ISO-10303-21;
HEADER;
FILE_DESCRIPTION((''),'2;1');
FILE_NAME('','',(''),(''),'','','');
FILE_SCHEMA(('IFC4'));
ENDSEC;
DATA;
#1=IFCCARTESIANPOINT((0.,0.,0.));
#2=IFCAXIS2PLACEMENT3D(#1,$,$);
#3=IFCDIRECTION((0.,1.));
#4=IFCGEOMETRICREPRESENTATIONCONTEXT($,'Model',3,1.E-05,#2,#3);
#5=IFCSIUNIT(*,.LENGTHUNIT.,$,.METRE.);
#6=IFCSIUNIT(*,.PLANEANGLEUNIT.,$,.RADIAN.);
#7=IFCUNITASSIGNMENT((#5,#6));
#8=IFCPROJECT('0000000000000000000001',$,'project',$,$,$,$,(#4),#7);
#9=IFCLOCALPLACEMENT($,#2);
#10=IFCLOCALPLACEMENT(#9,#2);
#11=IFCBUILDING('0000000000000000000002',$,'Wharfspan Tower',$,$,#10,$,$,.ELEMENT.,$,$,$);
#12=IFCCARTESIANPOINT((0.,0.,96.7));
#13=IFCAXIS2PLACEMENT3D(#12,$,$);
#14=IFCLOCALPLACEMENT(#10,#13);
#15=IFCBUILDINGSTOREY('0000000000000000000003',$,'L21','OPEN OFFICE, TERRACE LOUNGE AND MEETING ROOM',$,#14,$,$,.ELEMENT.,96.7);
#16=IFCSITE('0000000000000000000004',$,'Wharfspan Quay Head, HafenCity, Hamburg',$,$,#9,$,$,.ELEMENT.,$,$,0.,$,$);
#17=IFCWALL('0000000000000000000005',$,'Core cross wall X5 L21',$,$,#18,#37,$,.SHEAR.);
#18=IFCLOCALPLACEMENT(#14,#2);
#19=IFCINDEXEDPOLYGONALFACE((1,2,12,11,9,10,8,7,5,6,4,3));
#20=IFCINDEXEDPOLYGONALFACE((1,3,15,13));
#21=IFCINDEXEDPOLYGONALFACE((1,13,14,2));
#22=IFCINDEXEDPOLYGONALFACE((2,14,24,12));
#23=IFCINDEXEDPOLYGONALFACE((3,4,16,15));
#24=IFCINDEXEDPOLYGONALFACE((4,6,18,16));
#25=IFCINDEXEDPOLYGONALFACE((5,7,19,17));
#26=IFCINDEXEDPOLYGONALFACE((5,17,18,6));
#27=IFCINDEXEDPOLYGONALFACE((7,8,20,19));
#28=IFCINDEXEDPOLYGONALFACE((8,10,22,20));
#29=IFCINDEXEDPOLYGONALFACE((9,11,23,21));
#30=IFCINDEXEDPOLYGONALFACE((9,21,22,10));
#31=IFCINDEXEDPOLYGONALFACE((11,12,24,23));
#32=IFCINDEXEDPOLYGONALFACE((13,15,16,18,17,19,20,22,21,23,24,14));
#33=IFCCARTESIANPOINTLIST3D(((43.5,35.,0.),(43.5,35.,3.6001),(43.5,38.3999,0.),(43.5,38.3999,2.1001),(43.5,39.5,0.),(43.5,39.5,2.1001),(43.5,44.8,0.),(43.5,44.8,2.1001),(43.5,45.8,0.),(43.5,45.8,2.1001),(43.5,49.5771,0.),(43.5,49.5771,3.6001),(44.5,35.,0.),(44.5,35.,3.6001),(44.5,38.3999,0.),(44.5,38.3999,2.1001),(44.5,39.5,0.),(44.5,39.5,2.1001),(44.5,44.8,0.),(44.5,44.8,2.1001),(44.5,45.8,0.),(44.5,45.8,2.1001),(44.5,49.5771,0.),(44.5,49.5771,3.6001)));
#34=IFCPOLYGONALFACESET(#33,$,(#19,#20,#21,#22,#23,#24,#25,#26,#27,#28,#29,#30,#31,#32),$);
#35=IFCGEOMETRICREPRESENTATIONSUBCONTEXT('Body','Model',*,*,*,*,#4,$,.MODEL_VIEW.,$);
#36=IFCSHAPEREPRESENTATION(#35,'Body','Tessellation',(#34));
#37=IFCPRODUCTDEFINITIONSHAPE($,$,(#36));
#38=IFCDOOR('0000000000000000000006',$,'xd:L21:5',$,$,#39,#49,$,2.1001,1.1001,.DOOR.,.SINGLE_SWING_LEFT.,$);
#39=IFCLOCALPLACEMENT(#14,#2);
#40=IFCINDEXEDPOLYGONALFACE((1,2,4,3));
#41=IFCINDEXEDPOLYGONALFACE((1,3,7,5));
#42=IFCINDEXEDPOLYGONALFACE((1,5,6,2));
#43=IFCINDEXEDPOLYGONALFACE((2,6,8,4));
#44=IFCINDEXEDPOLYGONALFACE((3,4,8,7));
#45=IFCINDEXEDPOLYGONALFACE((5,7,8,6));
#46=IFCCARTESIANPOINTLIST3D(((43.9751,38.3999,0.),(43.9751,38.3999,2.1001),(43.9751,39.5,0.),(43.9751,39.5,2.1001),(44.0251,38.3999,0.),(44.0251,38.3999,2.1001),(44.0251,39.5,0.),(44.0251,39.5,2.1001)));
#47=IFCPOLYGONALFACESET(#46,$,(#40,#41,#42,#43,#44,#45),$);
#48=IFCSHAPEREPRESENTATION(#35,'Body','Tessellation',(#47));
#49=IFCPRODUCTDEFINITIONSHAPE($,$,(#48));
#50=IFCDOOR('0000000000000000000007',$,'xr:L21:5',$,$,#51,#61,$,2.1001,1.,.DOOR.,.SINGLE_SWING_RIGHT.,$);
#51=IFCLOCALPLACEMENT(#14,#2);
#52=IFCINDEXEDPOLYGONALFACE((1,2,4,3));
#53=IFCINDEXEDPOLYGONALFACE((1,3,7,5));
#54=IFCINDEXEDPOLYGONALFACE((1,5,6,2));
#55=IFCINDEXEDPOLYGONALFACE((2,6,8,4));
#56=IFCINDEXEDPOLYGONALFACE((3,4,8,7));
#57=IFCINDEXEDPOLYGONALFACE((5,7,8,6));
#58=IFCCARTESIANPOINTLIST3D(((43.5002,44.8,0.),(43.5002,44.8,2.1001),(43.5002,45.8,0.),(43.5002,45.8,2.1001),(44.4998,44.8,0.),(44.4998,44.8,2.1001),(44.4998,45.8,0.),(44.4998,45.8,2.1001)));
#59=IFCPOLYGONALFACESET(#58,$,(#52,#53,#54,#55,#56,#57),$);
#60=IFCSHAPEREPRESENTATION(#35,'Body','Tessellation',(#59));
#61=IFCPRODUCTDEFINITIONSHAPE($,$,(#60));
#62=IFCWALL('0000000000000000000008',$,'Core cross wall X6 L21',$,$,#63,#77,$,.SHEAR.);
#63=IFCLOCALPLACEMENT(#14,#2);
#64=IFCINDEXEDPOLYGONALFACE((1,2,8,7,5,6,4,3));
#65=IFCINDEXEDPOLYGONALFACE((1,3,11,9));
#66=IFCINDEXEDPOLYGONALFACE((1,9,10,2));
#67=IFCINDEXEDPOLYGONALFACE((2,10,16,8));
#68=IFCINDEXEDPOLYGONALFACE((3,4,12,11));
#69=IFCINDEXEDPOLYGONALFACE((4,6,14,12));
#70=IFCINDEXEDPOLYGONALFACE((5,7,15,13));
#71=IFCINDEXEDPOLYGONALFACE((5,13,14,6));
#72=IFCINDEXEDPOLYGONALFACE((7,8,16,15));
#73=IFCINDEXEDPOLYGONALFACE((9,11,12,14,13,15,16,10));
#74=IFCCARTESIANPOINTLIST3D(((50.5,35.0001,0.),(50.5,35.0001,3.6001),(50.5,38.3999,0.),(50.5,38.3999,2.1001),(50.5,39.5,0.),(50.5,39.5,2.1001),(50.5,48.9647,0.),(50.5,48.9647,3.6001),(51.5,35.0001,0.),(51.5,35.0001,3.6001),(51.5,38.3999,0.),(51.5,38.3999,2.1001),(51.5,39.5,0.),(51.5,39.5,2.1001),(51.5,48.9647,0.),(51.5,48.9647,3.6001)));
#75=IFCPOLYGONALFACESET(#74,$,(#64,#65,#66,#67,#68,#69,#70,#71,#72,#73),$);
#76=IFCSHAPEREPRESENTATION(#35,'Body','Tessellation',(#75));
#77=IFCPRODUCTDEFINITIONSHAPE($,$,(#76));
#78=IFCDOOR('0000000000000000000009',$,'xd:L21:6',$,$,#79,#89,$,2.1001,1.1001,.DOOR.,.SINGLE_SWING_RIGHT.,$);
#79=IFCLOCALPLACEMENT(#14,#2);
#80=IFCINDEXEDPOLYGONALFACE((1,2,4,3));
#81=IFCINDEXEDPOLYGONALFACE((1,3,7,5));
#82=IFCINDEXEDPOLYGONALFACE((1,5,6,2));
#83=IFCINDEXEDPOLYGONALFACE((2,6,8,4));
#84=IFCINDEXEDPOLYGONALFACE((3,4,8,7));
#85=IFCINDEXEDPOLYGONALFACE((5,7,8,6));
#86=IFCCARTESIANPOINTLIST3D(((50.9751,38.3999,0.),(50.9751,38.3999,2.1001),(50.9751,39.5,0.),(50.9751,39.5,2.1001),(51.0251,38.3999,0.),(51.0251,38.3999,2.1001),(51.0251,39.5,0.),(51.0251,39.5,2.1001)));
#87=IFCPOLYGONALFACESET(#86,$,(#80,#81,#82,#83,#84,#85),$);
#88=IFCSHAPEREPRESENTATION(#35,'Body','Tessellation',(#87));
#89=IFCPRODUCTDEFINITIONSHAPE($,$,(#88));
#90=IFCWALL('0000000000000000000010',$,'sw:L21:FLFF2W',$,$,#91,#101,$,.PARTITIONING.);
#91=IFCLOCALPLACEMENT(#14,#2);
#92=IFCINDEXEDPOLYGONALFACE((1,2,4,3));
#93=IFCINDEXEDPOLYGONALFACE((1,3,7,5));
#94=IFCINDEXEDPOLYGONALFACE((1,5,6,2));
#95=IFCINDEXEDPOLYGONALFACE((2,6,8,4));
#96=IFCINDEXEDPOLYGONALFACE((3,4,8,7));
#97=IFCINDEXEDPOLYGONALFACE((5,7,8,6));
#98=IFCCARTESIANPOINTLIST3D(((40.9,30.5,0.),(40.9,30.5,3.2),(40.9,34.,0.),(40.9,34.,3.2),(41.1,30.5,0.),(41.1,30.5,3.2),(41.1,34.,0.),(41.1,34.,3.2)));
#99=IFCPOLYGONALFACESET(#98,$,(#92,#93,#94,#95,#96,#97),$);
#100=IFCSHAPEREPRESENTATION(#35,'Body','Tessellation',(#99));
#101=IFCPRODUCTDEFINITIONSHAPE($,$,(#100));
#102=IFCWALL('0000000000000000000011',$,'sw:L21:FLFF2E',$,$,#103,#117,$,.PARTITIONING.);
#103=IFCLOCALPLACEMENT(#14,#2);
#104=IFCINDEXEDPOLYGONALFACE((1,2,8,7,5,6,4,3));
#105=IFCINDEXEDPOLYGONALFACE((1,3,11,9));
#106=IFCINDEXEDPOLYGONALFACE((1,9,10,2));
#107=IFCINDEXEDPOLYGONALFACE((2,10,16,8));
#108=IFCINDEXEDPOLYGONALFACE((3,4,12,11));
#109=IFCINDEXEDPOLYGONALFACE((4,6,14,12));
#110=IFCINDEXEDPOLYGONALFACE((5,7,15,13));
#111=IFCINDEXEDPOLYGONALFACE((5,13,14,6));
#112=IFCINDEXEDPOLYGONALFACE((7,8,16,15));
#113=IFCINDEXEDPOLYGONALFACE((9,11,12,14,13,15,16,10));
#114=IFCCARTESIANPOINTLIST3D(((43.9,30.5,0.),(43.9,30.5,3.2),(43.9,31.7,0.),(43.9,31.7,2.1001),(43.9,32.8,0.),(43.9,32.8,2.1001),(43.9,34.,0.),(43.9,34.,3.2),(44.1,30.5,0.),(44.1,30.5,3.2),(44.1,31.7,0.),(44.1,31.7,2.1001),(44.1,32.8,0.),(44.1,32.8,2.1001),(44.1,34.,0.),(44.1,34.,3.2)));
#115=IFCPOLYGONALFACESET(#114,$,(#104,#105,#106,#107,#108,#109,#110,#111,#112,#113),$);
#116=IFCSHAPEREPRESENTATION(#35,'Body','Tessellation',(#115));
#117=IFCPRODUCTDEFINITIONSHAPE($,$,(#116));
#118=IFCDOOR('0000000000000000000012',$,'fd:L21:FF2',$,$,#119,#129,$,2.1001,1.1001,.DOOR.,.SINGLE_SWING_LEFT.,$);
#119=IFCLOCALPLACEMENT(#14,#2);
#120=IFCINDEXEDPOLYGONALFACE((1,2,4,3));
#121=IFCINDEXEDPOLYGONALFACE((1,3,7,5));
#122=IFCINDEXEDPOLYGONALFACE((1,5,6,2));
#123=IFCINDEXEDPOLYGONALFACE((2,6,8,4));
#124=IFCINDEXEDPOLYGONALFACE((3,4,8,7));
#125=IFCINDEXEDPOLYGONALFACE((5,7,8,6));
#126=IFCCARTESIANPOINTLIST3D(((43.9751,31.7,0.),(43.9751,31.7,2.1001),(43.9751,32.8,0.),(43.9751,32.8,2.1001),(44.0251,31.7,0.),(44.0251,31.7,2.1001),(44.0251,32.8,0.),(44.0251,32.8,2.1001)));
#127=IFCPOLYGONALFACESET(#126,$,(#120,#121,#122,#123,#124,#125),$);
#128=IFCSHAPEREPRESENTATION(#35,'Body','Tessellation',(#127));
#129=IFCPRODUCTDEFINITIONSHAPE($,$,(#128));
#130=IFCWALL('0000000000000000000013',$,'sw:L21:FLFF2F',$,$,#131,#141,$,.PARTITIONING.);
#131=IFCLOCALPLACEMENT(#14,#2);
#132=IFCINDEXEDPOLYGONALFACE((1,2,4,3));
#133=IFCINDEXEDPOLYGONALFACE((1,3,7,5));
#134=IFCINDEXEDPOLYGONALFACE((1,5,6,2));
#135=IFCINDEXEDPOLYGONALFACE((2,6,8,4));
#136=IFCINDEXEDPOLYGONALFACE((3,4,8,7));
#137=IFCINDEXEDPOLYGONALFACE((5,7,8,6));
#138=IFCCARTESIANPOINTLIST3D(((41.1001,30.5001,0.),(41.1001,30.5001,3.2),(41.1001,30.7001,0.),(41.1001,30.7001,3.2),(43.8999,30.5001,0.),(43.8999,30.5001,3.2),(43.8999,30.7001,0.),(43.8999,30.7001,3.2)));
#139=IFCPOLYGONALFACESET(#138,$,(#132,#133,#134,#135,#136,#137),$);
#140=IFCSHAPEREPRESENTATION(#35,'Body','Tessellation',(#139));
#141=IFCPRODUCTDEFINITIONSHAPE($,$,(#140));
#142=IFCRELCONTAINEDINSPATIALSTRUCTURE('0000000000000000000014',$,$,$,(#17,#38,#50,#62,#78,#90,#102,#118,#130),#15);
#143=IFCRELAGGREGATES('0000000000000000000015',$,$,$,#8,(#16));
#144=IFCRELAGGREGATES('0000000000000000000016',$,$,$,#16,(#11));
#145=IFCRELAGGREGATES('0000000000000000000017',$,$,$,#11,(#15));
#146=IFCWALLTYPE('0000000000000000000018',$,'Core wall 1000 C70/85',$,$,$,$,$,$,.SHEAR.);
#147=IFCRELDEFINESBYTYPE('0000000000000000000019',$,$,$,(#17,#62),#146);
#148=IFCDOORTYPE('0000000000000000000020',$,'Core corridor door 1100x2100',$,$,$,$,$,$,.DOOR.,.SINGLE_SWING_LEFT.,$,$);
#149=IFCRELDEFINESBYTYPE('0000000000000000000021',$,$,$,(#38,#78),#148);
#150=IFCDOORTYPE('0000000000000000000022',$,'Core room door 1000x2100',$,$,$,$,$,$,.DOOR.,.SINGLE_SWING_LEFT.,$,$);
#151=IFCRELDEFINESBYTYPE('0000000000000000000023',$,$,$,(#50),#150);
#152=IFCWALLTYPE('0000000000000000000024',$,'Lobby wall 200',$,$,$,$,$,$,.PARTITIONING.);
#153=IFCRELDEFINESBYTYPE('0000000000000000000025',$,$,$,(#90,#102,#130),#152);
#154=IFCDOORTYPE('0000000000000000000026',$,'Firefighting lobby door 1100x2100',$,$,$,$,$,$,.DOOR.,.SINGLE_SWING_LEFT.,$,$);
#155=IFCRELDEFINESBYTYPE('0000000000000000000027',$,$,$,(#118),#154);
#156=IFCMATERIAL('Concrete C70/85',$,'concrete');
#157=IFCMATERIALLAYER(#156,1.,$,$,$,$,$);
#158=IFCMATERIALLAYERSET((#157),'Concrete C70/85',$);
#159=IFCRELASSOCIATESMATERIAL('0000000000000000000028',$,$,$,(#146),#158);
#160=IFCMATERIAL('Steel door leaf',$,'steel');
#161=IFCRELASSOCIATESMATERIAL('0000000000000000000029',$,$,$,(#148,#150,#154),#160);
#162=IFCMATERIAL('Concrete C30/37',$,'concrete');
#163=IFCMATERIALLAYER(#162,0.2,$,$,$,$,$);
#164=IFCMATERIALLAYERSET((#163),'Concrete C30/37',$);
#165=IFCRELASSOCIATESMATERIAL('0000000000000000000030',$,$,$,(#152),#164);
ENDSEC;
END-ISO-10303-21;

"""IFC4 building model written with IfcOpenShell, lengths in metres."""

from ifc_helpers import new_model, si_unit, direction, frame, frame_2d, origin, place, context, subcontext, project, spatial, rectangle, extrude, material, layer, layer_set, type_object, element, fill, save


model = new_model("IFC4")

# Units and contexts
model_context = context("Model", 3, precision=1e-05, world=origin(), true_north=direction((0.0, 1.0)))
body_context = subcontext(model_context, "Body", "Model", "MODEL_VIEW")
ifc_project = project(units=[si_unit("LENGTHUNIT", "METRE"), si_unit("PLANEANGLEUNIT", "RADIAN")], contexts=[model_context])

# Site, building, storey
site_placement = place(None, origin())
site = spatial("IfcSite", under=ifc_project, at=site_placement, Name="Wharfspan Quay Head, HafenCity, Hamburg", CompositionType="ELEMENT", RefElevation=0.0)
building_placement = place(site_placement, origin())
building = spatial("IfcBuilding", under=site, at=building_placement, Name="Wharfspan Tower", CompositionType="ELEMENT")
storey_placement = place(building_placement, frame((0.0, 0.0, 96.7)))
storey = spatial("IfcBuildingStorey", under=building, at=storey_placement, Name="L21", Description="OPEN OFFICE, TERRACE LOUNGE AND MEETING ROOM", CompositionType="ELEMENT", Elevation=96.7)

# Wall, openings, doors
ifc_material_1 = material(Name="Concrete C70/85", Category="concrete")
ifc_layer_1 = layer(ifc_material_1, 1.0)
ifc_layer_set_1 = layer_set([ifc_layer_1], Name="Concrete C70/85")
wall_type_1 = type_object("IfcWallType", Name="Core wall 1000 C70/85", PredefinedType="SHEAR", material=ifc_layer_set_1)
wall_1_placement = place(storey_placement, frame((44.0, 35.0, 0.0), z_axis=(0.0, 0.0, 1.0), x_axis=(0.0, 1.0, 0.0)))
wall_1 = element("IfcWall", 1, at=wall_1_placement, inside=storey, type_object=wall_type_1, Name="Core cross wall X5 L21", PredefinedType="SHEAR", context=body_context, shape_type="SweptSolid", body=[
    extrude(rectangle(XDim=14.5771, YDim=1.0, at=frame_2d((7.2886, 0.0))), origin(), (0.0, 0.0, 1.0), 3.6001),
])
opening_1_placement = place(wall_1_placement, frame((3.3999, 0.0, 0.0)))
opening_1 = element("IfcOpeningElement", 2, at=opening_1_placement, cuts=wall_1, PredefinedType="OPENING", context=body_context, shape_type="SweptSolid", body=[
    extrude(rectangle(XDim=1.1001, YDim=2.1001, at=frame_2d((0.55, 1.05))), frame((0.0, 0.51, 0.0), z_axis=(0.0, -1.0, 0.0), x_axis=(1.0, 0.0, 0.0)), (0.0, 0.0, 1.0), 1.02),
])
opening_2_placement = place(wall_1_placement, frame((9.8, 0.0, 0.0)))
opening_2 = element("IfcOpeningElement", 3, at=opening_2_placement, cuts=wall_1, PredefinedType="OPENING", context=body_context, shape_type="SweptSolid", body=[
    extrude(rectangle(XDim=1.0, YDim=2.1001, at=frame_2d((0.5, 1.05))), frame((0.0, 0.51, 0.0), z_axis=(0.0, -1.0, 0.0), x_axis=(1.0, 0.0, 0.0)), (0.0, 0.0, 1.0), 1.02),
])
ifc_material_2 = material(Name="Steel door leaf", Category="steel")
door_type_1 = type_object("IfcDoorType", Name="Core corridor door 1100x2100", OperationType="SINGLE_SWING_LEFT", PredefinedType="DOOR", material=ifc_material_2)
door_1_placement = place(opening_1_placement, origin())
door_1 = element("IfcDoor", 4, at=door_1_placement, inside=storey, type_object=door_type_1, Name="xd:L21:5", OperationType="SINGLE_SWING_LEFT", OverallHeight=2.1001, OverallWidth=1.1001, PredefinedType="DOOR", context=body_context, shape_type="SweptSolid", body=[
    extrude(rectangle(XDim=1.1001, YDim=2.1001, at=frame_2d((0.55, 1.05))), frame((0.0, 0.0249, 0.0), z_axis=(0.0, -1.0, 0.0), x_axis=(1.0, 0.0, 0.0)), (0.0, 0.0, 1.0), 0.05),
])
fill(opening_1, door_1)
door_type_2 = type_object("IfcDoorType", Name="Core room door 1000x2100", OperationType="SINGLE_SWING_LEFT", PredefinedType="DOOR", material=ifc_material_2)
door_2_placement = place(opening_2_placement, origin())
door_2 = element("IfcDoor", 5, at=door_2_placement, inside=storey, type_object=door_type_2, Name="xr:L21:5", OperationType="SINGLE_SWING_RIGHT", OverallHeight=2.1001, OverallWidth=1.0, PredefinedType="DOOR", context=body_context, shape_type="SweptSolid", body=[
    extrude(rectangle(XDim=1.0, YDim=2.1001, at=frame_2d((0.5, 1.05))), frame((0.0, 0.4998, 0.0), z_axis=(0.0, -1.0, 0.0), x_axis=(1.0, 0.0, 0.0)), (0.0, 0.0, 1.0), 0.9995),
])
fill(opening_2, door_2)

# Wall, opening, door
wall_2_placement = place(storey_placement, frame((51.0, 35.0, 0.0), z_axis=(0.0, 0.0, 1.0), x_axis=(0.0, 1.0, 0.0)))
wall_2 = element("IfcWall", 6, at=wall_2_placement, inside=storey, type_object=wall_type_1, Name="Core cross wall X6 L21", PredefinedType="SHEAR", context=body_context, shape_type="SweptSolid", body=[
    extrude(rectangle(XDim=13.9646, YDim=1.0, at=frame_2d((6.9824, 0.0))), origin(), (0.0, 0.0, 1.0), 3.6001),
])
opening_3_placement = place(wall_2_placement, frame((3.3999, 0.0, 0.0)))
opening_3 = element("IfcOpeningElement", 7, at=opening_3_placement, cuts=wall_2, PredefinedType="OPENING", context=body_context, shape_type="SweptSolid", body=[
    extrude(rectangle(XDim=1.1001, YDim=2.1001, at=frame_2d((0.55, 1.05))), frame((0.0, 0.51, 0.0), z_axis=(0.0, -1.0, 0.0), x_axis=(1.0, 0.0, 0.0)), (0.0, 0.0, 1.0), 1.02),
])
door_3_placement = place(opening_3_placement, origin())
door_3 = element("IfcDoor", 8, at=door_3_placement, inside=storey, type_object=door_type_1, Name="xd:L21:6", OperationType="SINGLE_SWING_RIGHT", OverallHeight=2.1001, OverallWidth=1.1001, PredefinedType="DOOR", context=body_context, shape_type="SweptSolid", body=[
    extrude(rectangle(XDim=1.1001, YDim=2.1001, at=frame_2d((0.55, 1.05))), frame((0.0, 0.0249, 0.0), z_axis=(0.0, -1.0, 0.0), x_axis=(1.0, 0.0, 0.0)), (0.0, 0.0, 1.0), 0.05),
])
fill(opening_3, door_3)

# Wall
ifc_material_3 = material(Name="Concrete C30/37", Category="concrete")
ifc_layer_2 = layer(ifc_material_3, 0.2)
ifc_layer_set_2 = layer_set([ifc_layer_2], Name="Concrete C30/37")
wall_type_2 = type_object("IfcWallType", Name="Lobby wall 200", PredefinedType="PARTITIONING", material=ifc_layer_set_2)
wall_3_placement = place(storey_placement, frame((41.0, 30.5, 0.0), z_axis=(0.0, 0.0, 1.0), x_axis=(0.0, 1.0, 0.0)))
element("IfcWall", 9, at=wall_3_placement, inside=storey, type_object=wall_type_2, Name="sw:L21:FLFF2W", PredefinedType="PARTITIONING", context=body_context, shape_type="SweptSolid", body=[
    extrude(rectangle(XDim=3.5, YDim=0.2, at=frame_2d((1.75, 0.0))), origin(), (0.0, 0.0, 1.0), 3.2),
])

# Wall, opening, door
wall_4_placement = place(storey_placement, frame((44.0, 30.5, 0.0), z_axis=(0.0, 0.0, 1.0), x_axis=(0.0, 1.0, 0.0)))
wall_4 = element("IfcWall", 10, at=wall_4_placement, inside=storey, type_object=wall_type_2, Name="sw:L21:FLFF2E", PredefinedType="PARTITIONING", context=body_context, shape_type="SweptSolid", body=[
    extrude(rectangle(XDim=3.5, YDim=0.2, at=frame_2d((1.75, 0.0))), origin(), (0.0, 0.0, 1.0), 3.2),
])
opening_4_placement = place(wall_4_placement, frame((1.2, 0.0, 0.0)))
opening_4 = element("IfcOpeningElement", 11, at=opening_4_placement, cuts=wall_4, PredefinedType="OPENING", context=body_context, shape_type="SweptSolid", body=[
    extrude(rectangle(XDim=1.1001, YDim=2.1001, at=frame_2d((0.55, 1.05))), frame((0.0, 0.1099, 0.0), z_axis=(0.0, -1.0, 0.0), x_axis=(1.0, 0.0, 0.0)), (0.0, 0.0, 1.0), 0.22),
])
door_type_3 = type_object("IfcDoorType", Name="Firefighting lobby door 1100x2100", OperationType="SINGLE_SWING_LEFT", PredefinedType="DOOR", material=ifc_material_2)
door_4_placement = place(opening_4_placement, origin())
door_4 = element("IfcDoor", 12, at=door_4_placement, inside=storey, type_object=door_type_3, Name="fd:L21:FF2", OperationType="SINGLE_SWING_LEFT", OverallHeight=2.1001, OverallWidth=1.1001, PredefinedType="DOOR", context=body_context, shape_type="SweptSolid", body=[
    extrude(rectangle(XDim=1.1001, YDim=2.1001, at=frame_2d((0.55, 1.05))), frame((0.0, 0.0249, 0.0), z_axis=(0.0, -1.0, 0.0), x_axis=(1.0, 0.0, 0.0)), (0.0, 0.0, 1.0), 0.05),
])
fill(opening_4, door_4)

# Wall
wall_5_placement = place(storey_placement, frame((41.1001, 30.6001, 0.0), z_axis=(0.0, 0.0, 1.0), x_axis=(1.0, 0.0, 0.0)))
element("IfcWall", 13, at=wall_5_placement, inside=storey, type_object=wall_type_2, Name="sw:L21:FLFF2F", PredefinedType="PARTITIONING", context=body_context, shape_type="SweptSolid", body=[
    extrude(rectangle(XDim=2.7998, YDim=0.2, at=frame_2d((1.3999, 0.0))), origin(), (0.0, 0.0, 1.0), 3.2),
])

save(model, "model.ifc")
